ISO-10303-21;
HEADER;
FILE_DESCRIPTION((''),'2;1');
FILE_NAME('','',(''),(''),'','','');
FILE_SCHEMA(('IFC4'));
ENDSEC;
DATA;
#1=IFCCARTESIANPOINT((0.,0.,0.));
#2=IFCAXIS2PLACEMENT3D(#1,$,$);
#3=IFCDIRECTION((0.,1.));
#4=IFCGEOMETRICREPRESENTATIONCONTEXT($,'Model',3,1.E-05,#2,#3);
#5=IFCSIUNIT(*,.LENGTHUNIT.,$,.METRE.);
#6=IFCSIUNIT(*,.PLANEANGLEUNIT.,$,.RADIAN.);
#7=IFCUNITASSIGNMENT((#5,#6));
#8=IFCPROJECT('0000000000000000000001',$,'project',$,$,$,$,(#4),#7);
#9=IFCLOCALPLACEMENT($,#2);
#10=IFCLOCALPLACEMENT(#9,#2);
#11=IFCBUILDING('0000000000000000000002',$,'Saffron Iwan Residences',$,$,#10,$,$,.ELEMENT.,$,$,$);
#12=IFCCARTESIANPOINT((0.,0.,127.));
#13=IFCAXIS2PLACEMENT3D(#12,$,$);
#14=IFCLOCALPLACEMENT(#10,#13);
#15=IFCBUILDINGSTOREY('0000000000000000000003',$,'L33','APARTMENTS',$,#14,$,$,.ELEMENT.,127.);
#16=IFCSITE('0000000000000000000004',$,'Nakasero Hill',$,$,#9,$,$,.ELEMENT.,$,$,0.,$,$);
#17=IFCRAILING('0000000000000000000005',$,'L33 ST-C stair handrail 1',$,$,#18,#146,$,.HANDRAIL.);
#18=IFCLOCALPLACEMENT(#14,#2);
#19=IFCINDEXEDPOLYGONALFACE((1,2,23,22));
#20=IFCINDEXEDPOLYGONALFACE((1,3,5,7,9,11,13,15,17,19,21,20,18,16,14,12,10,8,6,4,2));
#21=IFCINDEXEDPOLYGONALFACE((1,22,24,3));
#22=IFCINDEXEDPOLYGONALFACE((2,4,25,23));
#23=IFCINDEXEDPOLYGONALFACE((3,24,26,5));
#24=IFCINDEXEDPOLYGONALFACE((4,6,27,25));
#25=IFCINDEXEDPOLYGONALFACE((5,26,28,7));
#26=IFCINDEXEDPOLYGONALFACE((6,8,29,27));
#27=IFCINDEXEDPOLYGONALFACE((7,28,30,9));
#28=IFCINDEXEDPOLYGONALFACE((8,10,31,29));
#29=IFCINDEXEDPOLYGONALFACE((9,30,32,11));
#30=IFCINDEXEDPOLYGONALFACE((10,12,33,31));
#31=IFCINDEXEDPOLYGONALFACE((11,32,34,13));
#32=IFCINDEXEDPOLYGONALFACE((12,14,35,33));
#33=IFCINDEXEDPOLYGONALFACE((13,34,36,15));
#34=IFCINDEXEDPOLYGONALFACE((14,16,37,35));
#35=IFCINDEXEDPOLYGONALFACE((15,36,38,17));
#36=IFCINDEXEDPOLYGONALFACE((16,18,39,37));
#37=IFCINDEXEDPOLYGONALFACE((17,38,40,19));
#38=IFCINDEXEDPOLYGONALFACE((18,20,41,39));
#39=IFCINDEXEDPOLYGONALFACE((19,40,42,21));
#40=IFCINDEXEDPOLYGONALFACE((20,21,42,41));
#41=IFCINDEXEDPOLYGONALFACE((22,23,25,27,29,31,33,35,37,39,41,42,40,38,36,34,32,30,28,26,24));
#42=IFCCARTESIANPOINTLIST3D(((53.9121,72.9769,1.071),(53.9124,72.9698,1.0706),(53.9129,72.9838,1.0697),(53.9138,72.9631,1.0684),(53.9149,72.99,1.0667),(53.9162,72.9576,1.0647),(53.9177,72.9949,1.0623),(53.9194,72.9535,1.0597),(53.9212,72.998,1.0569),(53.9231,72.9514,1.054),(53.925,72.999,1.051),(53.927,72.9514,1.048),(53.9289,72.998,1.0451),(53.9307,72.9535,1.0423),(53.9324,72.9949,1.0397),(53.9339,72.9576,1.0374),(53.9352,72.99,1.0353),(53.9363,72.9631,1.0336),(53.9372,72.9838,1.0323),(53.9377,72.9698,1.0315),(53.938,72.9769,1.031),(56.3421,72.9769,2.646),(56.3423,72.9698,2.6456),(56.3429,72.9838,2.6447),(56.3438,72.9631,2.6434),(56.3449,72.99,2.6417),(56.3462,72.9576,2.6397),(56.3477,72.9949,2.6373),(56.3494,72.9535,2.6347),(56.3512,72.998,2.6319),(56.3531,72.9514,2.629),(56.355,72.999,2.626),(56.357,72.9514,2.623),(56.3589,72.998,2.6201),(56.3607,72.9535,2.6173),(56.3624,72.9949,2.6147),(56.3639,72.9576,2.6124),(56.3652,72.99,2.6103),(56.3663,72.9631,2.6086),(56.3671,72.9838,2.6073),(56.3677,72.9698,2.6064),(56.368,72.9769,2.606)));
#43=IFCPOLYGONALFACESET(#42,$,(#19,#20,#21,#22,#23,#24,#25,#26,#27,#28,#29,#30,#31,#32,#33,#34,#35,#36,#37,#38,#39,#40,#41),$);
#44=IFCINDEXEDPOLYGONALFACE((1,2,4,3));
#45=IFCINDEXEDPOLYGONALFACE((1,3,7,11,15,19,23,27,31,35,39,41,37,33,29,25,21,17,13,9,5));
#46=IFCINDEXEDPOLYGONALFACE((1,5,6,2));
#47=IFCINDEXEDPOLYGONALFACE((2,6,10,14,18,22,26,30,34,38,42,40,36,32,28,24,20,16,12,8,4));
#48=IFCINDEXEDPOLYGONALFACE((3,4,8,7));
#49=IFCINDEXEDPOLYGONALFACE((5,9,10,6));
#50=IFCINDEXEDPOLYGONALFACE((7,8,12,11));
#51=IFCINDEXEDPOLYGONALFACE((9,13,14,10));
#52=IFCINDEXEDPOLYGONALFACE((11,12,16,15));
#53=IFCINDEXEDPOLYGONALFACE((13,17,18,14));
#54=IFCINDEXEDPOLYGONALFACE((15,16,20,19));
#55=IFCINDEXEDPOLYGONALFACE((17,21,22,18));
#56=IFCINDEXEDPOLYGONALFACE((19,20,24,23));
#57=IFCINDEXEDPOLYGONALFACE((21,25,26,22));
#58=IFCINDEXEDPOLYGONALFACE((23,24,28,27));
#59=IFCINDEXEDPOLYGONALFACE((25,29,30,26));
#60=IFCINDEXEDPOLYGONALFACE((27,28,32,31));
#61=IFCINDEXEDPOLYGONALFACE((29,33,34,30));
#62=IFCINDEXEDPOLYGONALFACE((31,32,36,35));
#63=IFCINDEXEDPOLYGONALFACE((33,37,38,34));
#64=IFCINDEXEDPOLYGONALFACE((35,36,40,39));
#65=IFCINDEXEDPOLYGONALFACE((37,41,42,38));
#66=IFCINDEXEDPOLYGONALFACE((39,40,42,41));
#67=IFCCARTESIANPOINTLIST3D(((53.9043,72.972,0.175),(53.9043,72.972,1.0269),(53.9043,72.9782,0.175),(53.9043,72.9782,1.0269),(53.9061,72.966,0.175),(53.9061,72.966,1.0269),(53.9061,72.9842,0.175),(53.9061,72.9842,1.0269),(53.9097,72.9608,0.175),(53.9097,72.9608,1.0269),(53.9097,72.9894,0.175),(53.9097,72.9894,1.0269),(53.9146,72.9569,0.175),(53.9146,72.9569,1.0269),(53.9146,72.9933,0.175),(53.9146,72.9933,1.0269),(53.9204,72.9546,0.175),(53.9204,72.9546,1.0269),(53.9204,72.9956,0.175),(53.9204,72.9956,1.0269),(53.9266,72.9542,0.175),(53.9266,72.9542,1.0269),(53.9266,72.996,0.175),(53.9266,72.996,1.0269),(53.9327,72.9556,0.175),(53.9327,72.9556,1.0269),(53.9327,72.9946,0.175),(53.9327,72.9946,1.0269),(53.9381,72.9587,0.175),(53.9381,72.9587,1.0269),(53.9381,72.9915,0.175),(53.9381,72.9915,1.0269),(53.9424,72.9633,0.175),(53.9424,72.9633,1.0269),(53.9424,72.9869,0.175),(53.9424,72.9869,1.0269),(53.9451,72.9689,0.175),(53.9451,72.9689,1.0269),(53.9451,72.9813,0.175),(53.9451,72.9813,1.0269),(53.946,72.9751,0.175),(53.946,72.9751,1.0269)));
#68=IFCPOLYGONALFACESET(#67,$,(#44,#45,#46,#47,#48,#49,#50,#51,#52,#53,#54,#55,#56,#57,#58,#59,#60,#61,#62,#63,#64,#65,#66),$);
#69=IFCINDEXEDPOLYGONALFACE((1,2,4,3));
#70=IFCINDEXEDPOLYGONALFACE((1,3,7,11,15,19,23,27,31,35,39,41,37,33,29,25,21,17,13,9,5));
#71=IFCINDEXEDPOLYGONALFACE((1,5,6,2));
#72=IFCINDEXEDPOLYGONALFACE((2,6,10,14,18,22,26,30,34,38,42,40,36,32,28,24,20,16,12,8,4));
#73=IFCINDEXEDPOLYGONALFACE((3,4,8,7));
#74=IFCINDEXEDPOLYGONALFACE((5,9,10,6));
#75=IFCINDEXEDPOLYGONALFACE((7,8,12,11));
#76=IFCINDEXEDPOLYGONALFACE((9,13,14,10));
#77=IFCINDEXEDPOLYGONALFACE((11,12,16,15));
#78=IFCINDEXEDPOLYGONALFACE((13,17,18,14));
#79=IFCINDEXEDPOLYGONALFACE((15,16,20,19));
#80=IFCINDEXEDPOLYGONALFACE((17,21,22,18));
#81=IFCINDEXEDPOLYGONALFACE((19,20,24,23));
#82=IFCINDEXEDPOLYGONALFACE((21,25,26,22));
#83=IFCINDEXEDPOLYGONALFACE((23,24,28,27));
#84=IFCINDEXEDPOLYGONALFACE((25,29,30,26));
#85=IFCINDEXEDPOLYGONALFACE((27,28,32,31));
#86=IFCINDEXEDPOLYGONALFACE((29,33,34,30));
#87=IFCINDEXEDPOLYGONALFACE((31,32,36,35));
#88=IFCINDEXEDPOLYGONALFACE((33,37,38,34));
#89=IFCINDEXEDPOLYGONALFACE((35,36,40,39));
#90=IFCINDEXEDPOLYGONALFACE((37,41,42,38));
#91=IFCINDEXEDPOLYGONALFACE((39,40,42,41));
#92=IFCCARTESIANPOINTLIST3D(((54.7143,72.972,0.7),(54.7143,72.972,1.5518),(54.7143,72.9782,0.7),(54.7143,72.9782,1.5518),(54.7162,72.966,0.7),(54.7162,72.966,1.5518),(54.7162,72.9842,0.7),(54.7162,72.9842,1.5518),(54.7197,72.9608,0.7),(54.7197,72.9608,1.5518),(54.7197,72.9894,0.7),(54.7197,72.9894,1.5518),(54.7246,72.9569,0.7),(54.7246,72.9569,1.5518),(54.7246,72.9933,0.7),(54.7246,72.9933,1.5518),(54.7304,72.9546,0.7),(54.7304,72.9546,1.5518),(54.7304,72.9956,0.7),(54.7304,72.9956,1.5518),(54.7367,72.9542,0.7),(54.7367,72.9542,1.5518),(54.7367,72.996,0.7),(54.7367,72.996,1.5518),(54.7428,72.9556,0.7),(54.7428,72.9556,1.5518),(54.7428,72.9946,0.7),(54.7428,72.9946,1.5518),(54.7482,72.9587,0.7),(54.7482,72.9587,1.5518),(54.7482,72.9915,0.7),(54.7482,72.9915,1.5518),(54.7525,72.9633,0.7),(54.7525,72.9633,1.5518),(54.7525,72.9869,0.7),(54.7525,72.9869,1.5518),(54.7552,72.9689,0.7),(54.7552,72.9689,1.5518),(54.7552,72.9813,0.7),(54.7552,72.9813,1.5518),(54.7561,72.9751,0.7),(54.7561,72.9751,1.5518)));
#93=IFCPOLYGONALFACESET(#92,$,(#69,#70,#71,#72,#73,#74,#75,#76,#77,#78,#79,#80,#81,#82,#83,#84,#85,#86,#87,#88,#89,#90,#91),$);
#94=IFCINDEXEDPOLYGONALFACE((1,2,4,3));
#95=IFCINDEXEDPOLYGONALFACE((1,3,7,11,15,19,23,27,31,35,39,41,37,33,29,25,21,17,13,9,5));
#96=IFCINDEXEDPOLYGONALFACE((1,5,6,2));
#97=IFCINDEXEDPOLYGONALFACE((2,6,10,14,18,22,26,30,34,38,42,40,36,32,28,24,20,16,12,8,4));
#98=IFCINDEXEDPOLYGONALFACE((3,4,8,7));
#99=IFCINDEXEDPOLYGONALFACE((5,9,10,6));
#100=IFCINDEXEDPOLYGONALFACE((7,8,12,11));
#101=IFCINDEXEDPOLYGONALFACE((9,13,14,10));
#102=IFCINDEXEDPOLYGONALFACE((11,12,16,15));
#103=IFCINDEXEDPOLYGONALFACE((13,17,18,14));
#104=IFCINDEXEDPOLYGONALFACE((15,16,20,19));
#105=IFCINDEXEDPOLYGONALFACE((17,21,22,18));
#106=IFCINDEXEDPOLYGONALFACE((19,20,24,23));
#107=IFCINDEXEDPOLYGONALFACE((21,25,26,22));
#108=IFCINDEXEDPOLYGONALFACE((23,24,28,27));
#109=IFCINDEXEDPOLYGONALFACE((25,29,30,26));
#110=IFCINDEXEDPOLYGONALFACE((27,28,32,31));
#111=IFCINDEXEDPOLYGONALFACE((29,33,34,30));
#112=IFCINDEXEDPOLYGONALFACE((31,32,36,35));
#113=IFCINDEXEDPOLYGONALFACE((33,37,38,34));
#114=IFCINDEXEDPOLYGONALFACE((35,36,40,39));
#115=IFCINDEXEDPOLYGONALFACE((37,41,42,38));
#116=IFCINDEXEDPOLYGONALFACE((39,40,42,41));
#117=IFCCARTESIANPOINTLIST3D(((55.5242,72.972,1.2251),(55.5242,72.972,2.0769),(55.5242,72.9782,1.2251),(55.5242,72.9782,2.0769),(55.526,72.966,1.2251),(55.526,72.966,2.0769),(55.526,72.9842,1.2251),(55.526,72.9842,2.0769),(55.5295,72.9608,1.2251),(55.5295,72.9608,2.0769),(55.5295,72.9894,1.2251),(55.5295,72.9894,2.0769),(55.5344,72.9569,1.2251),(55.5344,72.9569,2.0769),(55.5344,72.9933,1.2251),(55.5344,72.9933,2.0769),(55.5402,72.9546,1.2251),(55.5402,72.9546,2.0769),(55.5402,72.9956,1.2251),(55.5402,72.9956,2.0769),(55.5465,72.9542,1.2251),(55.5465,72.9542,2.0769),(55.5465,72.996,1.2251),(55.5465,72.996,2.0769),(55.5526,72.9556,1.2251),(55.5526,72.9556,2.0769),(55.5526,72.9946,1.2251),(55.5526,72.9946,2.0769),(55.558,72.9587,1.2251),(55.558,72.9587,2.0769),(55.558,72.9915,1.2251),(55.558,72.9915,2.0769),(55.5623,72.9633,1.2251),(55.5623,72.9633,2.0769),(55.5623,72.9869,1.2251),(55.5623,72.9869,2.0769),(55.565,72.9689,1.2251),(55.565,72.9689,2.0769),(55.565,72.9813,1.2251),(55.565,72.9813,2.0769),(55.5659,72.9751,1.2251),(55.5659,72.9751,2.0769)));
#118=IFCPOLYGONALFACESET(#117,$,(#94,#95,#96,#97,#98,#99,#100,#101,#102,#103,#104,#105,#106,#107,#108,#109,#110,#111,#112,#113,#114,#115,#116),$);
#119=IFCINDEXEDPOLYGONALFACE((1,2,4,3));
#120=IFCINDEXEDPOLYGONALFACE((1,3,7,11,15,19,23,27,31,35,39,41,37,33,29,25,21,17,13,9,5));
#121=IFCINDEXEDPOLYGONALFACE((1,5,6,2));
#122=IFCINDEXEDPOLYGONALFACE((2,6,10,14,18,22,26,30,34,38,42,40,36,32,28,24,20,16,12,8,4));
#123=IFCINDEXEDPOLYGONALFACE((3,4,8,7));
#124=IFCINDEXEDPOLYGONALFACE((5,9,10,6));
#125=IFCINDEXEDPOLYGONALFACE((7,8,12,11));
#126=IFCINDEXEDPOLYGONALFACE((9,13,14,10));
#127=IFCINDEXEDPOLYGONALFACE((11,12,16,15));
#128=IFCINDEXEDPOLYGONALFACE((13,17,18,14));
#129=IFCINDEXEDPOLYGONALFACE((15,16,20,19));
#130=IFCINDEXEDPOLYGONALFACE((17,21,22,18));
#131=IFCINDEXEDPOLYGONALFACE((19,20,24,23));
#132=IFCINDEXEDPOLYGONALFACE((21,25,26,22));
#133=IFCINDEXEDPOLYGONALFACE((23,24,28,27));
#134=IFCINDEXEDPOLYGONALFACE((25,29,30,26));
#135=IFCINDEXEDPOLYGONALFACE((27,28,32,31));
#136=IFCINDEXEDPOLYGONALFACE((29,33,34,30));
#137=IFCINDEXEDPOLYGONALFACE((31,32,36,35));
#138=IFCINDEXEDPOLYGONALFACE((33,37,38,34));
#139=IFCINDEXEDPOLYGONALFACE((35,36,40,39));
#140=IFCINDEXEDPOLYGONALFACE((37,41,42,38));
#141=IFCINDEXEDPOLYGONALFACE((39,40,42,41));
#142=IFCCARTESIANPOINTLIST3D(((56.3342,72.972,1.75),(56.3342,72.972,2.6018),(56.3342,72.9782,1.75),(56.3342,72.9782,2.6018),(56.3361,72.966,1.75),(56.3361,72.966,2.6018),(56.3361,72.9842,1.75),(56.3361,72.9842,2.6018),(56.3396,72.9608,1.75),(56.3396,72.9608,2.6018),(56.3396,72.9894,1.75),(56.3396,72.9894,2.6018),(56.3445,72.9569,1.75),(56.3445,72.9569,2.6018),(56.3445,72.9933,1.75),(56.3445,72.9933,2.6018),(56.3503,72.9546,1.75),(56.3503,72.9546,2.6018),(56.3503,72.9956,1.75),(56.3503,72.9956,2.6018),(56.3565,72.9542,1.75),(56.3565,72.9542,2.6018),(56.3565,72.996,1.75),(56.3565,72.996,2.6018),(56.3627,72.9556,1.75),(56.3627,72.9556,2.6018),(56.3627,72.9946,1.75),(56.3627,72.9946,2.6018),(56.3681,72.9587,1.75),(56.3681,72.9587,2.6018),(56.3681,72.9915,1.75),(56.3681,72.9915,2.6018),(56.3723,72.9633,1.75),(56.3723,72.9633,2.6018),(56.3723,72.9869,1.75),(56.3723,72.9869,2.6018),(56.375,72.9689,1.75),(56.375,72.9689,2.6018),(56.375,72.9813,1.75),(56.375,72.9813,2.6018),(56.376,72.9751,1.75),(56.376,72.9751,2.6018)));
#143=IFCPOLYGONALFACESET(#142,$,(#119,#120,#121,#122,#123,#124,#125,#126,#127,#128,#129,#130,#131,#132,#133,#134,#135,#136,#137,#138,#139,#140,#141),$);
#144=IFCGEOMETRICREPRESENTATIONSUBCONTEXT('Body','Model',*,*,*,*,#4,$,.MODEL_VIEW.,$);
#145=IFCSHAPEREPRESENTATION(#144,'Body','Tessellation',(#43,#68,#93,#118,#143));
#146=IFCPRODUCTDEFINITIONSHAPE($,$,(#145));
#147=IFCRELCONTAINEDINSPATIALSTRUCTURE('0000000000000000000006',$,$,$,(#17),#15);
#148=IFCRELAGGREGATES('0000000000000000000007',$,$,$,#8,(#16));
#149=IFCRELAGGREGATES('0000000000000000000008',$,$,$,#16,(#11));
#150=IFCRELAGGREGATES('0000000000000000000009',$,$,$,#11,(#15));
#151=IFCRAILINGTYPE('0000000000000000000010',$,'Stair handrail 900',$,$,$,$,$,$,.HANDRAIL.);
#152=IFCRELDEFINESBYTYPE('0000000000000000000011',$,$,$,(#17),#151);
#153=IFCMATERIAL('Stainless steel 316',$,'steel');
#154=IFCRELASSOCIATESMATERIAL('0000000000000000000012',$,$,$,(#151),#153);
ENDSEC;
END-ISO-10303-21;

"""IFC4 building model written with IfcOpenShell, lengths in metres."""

from ifc_helpers import new_model, si_unit, direction, frame, origin, origin_2d, place, context, subcontext, project, spatial, circle, extrude, material, type_object, element, save


model = new_model("IFC4")

# Units and contexts
model_context = context("Model", 3, precision=1e-05, world=origin(), true_north=direction((0.0, 1.0)))
body_context = subcontext(model_context, "Body", "Model", "MODEL_VIEW")
ifc_project = project(units=[si_unit("LENGTHUNIT", "METRE"), si_unit("PLANEANGLEUNIT", "RADIAN")], contexts=[model_context])

# Site, building, storey
site_placement = place(None, origin())
site = spatial("IfcSite", under=ifc_project, at=site_placement, Name="Nakasero Hill", CompositionType="ELEMENT", RefElevation=0.0)
building_placement = place(site_placement, origin())
building = spatial("IfcBuilding", under=site, at=building_placement, Name="Saffron Iwan Residences", CompositionType="ELEMENT")
storey_placement = place(building_placement, frame((0.0, 0.0, 127.0)))
storey = spatial("IfcBuildingStorey", under=building, at=storey_placement, Name="L33", Description="APARTMENTS", CompositionType="ELEMENT", Elevation=127.0)

# Railing
ifc_material_1 = material(Name="Stainless steel 316", Category="steel")
railing_type_1 = type_object("IfcRailingType", Name="Stair handrail 900", PredefinedType="HANDRAIL", material=ifc_material_1)
railing_1_placement = place(storey_placement, frame((53.925, 72.9751, 0.175)))
element("IfcRailing", 1, at=railing_1_placement, inside=storey, type_object=railing_type_1, Name="L33 ST-C stair handrail 1", PredefinedType="HANDRAIL", context=body_context, shape_type="SweptSolid", body=[
    extrude(circle(Radius=0.0239, at=origin_2d()), frame((0.0, 0.0, 0.876), z_axis=(0.839154, 0.0, 0.543894), x_axis=(0.0, 1.0, 0.0)), (0.0, 0.0, 1.0), 2.8958),
    extrude(circle(Radius=0.021, at=origin_2d()), origin(), (0.0, 0.0, 1.0), 0.8518),
    extrude(circle(Radius=0.021, at=origin_2d()), frame((0.8101, 0.0, 0.5249)), (0.0, 0.0, 1.0), 0.8518),
    extrude(circle(Radius=0.021, at=origin_2d()), frame((1.6199, 0.0, 1.05)), (0.0, 0.0, 1.0), 0.8518),
    extrude(circle(Radius=0.021, at=origin_2d()), frame((2.4299, 0.0, 1.575)), (0.0, 0.0, 1.0), 0.8518),
])

save(model, "model.ifc")
